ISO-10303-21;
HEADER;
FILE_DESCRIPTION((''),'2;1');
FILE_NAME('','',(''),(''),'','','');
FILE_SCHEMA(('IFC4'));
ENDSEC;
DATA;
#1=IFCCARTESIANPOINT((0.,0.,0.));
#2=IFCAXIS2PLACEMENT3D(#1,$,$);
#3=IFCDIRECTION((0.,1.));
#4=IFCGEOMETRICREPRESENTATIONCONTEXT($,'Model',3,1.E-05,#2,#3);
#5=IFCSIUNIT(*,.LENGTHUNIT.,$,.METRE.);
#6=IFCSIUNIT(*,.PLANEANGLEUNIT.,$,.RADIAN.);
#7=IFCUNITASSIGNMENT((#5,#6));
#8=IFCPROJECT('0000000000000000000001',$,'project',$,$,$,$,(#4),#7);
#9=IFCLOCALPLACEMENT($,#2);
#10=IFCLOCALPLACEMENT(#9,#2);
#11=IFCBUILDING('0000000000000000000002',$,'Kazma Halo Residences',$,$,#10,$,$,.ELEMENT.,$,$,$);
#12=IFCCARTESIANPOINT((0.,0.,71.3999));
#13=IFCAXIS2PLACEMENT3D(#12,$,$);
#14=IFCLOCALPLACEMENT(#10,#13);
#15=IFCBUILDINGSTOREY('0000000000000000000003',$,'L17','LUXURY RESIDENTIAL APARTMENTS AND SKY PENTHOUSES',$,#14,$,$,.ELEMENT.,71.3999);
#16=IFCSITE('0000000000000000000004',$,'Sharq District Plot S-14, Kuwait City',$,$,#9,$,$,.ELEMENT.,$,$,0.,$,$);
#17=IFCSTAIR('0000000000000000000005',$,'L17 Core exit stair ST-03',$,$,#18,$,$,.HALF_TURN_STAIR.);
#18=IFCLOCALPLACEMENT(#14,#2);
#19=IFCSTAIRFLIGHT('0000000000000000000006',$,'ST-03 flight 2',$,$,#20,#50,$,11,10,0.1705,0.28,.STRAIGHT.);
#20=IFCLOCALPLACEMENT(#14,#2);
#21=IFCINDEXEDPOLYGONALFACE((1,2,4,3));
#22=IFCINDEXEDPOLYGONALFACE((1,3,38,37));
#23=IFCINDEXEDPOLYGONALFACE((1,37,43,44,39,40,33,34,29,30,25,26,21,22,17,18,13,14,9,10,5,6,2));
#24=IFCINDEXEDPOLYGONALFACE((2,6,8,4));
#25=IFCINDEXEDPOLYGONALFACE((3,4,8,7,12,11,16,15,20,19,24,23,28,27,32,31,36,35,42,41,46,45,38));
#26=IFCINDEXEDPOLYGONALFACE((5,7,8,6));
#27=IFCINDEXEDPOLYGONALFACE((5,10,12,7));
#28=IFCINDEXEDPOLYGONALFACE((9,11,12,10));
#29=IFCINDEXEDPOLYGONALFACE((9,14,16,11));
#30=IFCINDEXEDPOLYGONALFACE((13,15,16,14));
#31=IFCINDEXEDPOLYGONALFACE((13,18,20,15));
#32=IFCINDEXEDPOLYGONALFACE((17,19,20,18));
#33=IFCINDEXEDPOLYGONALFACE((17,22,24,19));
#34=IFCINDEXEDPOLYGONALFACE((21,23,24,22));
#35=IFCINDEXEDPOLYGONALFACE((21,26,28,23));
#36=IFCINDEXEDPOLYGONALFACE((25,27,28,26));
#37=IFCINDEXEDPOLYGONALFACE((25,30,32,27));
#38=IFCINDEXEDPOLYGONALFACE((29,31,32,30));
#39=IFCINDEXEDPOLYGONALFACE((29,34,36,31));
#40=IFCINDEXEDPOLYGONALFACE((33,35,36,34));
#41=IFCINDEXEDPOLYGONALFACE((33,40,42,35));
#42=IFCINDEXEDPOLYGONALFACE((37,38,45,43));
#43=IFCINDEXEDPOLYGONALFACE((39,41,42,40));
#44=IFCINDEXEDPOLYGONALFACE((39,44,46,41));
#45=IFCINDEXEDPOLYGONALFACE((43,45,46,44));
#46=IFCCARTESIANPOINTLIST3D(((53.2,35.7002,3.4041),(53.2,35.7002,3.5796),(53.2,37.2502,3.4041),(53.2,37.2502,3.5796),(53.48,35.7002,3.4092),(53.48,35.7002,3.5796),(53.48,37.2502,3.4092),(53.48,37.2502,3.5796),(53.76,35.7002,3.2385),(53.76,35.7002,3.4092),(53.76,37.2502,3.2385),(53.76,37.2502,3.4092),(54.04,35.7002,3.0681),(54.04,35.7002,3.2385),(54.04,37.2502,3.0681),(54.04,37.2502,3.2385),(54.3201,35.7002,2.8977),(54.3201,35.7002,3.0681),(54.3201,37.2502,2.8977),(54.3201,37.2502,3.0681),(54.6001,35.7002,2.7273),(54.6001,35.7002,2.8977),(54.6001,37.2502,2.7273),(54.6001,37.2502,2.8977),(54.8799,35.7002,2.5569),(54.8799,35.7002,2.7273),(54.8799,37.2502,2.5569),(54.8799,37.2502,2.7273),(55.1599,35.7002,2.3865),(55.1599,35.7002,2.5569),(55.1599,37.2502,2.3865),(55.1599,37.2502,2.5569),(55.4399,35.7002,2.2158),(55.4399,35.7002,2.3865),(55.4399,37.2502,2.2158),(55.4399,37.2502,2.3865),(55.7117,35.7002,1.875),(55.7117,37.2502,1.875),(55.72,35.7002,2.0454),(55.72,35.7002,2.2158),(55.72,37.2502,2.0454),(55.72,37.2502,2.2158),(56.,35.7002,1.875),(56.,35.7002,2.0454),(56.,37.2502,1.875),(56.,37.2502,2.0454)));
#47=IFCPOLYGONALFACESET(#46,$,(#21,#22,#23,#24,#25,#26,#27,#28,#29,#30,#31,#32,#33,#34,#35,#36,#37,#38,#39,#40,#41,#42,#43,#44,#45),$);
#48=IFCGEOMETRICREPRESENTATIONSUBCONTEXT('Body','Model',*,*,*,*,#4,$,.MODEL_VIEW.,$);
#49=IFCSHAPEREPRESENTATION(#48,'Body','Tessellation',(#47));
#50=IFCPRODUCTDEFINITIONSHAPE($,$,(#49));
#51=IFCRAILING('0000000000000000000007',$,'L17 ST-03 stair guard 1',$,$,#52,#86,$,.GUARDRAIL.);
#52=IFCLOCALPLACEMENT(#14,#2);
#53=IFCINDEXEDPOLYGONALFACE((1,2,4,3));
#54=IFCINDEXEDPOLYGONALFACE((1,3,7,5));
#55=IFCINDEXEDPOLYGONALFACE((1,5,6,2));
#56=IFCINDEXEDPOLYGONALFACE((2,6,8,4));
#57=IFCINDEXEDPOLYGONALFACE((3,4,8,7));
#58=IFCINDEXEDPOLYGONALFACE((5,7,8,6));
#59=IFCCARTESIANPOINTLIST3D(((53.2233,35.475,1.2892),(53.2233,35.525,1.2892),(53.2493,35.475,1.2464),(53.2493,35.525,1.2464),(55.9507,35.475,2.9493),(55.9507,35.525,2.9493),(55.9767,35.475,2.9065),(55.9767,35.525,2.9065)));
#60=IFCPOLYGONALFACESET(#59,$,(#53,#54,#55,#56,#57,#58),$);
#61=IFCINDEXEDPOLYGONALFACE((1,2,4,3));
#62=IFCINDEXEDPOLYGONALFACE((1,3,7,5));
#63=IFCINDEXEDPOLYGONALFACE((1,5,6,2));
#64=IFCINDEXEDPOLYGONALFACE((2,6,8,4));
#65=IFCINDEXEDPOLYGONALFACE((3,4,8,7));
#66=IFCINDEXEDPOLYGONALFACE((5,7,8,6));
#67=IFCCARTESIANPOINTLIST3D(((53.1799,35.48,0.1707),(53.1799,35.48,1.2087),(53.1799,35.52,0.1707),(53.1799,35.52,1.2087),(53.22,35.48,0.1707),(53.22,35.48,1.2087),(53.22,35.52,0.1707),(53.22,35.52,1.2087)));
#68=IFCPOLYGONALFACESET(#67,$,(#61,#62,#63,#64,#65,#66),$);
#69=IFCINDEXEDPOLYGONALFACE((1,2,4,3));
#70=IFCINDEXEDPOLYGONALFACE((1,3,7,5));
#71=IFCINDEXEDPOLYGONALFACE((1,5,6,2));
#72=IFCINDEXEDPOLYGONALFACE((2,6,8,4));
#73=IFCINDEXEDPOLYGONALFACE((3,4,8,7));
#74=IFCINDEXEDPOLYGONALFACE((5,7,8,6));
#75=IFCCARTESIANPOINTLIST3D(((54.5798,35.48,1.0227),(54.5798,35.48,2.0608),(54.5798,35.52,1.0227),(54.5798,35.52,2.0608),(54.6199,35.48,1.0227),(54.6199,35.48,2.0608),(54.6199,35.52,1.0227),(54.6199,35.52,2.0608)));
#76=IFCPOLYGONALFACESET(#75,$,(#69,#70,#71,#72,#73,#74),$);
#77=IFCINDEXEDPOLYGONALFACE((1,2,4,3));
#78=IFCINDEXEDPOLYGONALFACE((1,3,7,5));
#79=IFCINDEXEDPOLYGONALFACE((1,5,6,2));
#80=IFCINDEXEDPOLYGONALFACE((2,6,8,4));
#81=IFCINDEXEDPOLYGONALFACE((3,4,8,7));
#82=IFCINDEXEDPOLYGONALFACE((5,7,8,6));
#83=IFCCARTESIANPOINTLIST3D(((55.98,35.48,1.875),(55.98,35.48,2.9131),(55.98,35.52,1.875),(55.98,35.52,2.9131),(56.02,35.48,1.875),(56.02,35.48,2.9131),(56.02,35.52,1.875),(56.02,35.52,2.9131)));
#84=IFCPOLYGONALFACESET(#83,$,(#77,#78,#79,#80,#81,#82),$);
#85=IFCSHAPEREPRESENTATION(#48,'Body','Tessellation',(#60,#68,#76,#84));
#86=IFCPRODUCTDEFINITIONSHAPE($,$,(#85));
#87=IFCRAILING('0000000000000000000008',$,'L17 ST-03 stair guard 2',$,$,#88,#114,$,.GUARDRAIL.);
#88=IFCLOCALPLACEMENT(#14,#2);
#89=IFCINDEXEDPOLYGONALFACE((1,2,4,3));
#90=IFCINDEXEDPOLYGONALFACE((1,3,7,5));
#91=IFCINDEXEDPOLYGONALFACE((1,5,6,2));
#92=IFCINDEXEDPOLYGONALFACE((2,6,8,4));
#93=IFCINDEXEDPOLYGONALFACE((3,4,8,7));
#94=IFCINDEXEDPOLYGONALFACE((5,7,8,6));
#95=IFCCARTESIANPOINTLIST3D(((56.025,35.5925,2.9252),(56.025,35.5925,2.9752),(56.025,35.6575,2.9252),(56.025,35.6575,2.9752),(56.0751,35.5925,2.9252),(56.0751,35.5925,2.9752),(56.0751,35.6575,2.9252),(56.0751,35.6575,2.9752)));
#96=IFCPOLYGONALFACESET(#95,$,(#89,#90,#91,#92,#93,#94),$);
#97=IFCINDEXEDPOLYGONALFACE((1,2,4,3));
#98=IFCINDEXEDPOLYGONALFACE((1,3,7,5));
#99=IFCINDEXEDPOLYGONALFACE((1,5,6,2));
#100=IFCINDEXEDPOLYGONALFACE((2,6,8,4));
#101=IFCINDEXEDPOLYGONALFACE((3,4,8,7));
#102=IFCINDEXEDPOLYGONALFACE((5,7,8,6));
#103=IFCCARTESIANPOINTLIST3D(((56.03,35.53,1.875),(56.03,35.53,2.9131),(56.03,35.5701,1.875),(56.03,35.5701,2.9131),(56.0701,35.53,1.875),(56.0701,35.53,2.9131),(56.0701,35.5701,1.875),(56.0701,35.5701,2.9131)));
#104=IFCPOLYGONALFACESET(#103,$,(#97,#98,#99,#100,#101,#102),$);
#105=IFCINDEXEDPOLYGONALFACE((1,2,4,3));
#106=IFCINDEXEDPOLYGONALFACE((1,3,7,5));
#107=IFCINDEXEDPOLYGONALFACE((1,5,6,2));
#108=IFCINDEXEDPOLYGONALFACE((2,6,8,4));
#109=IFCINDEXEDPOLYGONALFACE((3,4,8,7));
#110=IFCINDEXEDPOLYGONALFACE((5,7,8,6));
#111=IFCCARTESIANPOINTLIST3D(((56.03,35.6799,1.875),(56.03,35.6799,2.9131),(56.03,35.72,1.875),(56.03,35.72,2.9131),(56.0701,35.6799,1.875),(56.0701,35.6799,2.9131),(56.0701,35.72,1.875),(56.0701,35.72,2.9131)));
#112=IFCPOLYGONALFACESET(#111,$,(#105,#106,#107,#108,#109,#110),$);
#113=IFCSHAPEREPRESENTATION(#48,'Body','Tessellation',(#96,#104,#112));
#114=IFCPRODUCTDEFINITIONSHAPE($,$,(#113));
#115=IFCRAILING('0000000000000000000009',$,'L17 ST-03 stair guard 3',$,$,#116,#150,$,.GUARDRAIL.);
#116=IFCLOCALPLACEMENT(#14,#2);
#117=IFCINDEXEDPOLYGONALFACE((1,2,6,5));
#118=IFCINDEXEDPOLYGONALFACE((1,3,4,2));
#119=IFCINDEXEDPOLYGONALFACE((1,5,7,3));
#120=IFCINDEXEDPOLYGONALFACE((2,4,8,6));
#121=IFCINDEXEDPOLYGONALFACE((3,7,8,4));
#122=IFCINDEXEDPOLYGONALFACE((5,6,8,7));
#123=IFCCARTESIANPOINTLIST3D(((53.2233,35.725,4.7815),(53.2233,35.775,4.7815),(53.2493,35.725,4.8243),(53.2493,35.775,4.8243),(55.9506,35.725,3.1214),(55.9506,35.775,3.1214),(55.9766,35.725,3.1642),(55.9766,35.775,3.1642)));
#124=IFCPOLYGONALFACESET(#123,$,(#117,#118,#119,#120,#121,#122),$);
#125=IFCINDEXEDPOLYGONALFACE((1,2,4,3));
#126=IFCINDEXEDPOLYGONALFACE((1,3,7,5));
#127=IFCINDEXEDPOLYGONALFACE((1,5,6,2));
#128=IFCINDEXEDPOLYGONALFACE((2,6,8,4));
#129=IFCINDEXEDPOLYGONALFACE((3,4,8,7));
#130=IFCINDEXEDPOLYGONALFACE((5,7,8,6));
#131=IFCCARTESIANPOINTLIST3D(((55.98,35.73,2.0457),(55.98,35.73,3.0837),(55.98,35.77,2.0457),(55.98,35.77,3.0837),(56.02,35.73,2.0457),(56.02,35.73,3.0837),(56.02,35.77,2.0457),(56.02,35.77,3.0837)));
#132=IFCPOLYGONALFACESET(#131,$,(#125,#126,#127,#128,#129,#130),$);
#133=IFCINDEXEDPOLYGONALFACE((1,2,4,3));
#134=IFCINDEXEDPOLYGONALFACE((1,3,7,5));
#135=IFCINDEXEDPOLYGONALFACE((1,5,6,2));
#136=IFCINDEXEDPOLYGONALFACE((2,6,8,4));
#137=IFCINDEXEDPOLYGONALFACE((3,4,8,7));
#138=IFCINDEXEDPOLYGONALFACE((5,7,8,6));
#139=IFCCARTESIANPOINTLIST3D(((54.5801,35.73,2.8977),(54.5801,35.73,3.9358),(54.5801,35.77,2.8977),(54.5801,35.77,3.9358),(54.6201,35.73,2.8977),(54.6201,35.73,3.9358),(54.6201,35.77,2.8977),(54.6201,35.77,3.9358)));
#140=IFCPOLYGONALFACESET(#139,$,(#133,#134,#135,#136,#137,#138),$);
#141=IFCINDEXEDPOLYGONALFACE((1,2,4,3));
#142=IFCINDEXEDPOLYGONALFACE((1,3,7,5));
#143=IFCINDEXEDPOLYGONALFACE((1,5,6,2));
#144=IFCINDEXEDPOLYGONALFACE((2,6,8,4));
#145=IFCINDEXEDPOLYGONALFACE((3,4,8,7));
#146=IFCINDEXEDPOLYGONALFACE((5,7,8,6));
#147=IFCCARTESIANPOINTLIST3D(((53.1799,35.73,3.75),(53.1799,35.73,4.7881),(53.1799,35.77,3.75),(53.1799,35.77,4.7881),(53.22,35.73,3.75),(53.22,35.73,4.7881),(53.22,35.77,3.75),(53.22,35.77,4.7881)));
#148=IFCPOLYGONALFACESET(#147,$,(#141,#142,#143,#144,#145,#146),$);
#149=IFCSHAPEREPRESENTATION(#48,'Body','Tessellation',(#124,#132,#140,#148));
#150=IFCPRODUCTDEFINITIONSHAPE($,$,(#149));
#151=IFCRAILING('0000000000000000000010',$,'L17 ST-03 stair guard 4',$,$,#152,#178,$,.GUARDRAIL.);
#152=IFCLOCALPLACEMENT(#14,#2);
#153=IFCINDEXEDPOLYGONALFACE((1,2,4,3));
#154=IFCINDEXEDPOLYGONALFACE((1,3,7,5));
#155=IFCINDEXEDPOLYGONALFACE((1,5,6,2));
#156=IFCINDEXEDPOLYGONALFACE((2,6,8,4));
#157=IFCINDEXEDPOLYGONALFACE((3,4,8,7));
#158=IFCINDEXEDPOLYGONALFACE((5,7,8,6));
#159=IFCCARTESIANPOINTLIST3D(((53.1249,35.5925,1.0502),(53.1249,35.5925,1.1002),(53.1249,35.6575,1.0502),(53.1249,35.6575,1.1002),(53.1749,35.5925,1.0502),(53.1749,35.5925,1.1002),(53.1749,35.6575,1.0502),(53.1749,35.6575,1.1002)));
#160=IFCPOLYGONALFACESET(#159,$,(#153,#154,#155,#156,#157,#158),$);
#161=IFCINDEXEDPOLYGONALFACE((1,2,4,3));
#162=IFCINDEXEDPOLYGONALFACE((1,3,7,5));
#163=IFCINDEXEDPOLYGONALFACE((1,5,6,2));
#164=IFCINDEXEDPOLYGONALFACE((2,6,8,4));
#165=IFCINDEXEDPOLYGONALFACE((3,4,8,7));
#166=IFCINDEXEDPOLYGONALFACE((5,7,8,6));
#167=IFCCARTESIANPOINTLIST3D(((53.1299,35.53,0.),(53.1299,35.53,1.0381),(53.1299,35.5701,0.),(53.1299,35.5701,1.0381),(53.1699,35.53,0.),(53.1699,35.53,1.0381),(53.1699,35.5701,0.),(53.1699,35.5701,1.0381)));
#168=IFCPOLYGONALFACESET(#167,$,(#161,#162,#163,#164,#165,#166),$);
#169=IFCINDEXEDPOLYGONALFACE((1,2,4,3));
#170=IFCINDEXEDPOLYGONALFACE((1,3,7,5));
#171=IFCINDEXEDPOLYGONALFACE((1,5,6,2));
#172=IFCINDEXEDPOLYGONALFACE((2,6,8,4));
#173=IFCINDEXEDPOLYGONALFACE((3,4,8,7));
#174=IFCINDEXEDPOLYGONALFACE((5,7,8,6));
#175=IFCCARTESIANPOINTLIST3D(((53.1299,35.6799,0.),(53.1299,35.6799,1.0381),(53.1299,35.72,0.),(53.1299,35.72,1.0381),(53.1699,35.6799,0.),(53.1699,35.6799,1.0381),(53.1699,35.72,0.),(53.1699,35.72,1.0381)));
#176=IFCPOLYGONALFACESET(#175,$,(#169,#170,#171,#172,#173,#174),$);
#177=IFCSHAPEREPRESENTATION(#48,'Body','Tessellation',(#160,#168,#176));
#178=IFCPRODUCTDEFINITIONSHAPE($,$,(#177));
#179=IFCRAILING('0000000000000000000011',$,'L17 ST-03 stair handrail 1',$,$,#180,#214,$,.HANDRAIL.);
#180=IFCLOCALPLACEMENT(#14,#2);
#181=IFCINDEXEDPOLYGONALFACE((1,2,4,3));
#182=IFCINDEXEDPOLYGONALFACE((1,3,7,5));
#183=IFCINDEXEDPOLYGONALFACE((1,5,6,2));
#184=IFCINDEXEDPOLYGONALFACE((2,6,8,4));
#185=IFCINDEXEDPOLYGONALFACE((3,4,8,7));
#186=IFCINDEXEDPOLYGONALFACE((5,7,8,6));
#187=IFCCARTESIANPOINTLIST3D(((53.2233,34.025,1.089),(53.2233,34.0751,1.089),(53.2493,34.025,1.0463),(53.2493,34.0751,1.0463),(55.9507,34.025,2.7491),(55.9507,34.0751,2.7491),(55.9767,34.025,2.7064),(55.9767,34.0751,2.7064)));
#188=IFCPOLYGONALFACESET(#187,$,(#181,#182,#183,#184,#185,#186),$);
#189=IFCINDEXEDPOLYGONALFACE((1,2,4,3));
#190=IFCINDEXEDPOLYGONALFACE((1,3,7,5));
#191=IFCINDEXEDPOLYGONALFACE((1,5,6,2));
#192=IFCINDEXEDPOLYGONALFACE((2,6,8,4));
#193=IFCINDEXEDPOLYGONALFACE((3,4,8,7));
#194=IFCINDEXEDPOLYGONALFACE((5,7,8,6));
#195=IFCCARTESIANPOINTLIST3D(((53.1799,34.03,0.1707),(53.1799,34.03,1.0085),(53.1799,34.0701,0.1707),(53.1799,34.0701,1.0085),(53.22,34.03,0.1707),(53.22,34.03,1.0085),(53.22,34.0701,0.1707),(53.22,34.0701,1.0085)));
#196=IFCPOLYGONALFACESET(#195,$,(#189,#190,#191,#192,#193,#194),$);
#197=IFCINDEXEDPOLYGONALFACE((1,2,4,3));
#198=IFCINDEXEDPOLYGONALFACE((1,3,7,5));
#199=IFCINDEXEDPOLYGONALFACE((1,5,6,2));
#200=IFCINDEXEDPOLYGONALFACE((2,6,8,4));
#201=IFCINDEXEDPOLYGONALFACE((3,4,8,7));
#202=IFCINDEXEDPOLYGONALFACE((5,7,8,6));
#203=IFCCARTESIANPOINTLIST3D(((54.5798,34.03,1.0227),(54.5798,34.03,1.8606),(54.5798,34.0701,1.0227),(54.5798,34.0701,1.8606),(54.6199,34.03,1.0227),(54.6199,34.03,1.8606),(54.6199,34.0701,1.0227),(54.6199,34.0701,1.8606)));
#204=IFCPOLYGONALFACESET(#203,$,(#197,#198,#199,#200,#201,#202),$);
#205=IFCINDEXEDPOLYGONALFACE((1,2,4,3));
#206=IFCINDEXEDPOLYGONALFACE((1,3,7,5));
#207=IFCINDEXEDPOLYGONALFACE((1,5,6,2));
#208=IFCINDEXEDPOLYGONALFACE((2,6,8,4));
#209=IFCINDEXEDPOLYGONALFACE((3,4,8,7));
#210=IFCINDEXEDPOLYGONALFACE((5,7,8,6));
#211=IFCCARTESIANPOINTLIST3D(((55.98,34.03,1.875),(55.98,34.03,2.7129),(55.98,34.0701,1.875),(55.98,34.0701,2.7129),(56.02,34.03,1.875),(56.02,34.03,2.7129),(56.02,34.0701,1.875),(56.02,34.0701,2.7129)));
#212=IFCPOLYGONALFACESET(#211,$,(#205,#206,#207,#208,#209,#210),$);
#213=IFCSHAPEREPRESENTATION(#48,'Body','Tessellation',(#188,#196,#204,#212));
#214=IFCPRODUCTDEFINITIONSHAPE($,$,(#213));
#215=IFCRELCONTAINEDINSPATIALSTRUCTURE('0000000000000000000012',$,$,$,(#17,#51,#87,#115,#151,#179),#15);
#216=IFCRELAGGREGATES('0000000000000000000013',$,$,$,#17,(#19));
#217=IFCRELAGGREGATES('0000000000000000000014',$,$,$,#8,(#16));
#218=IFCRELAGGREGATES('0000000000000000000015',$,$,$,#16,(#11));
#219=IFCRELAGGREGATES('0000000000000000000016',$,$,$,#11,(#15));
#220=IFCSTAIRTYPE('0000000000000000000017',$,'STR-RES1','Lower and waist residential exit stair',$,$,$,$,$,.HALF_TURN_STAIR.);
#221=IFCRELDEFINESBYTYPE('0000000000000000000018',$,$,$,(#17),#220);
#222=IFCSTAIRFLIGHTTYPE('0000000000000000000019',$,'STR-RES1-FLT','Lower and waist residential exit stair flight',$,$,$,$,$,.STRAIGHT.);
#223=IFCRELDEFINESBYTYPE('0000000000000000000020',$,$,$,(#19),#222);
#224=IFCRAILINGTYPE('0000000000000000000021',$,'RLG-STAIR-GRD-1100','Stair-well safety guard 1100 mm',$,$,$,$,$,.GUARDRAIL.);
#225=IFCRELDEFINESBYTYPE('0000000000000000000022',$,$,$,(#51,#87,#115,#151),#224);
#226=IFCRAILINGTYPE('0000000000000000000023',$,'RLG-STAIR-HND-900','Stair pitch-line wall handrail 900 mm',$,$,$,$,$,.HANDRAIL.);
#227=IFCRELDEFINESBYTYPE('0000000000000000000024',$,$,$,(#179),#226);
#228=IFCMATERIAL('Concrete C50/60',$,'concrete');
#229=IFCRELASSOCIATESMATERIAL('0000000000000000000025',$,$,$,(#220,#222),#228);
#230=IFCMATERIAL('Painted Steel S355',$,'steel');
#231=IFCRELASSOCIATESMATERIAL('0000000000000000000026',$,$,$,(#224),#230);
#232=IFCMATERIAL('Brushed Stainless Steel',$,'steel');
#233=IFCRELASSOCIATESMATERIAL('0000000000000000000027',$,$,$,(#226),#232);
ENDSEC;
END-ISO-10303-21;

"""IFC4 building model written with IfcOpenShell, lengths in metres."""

from ifc_helpers import new_model, si_unit, direction, frame, origin, origin_2d, place, context, subcontext, project, spatial, polyline, rectangle, outline, extrude, material, type_object, element, aggregate, save


model = new_model("IFC4")

# Units and contexts
model_context = context("Model", 3, precision=1e-05, world=origin(), true_north=direction((0.0, 1.0)))
body_context = subcontext(model_context, "Body", "Model", "MODEL_VIEW")
ifc_project = project(units=[si_unit("LENGTHUNIT", "METRE"), si_unit("PLANEANGLEUNIT", "RADIAN")], contexts=[model_context])

# Site, building, storey
site_placement = place(None, origin())
site = spatial("IfcSite", under=ifc_project, at=site_placement, Name="Sharq District Plot S-14, Kuwait City", CompositionType="ELEMENT", RefElevation=0.0)
building_placement = place(site_placement, origin())
building = spatial("IfcBuilding", under=site, at=building_placement, Name="Kazma Halo Residences", CompositionType="ELEMENT")
storey_placement = place(building_placement, frame((0.0, 0.0, 71.3999)))
storey = spatial("IfcBuildingStorey", under=building, at=storey_placement, Name="L17", Description="LUXURY RESIDENTIAL APARTMENTS AND SKY PENTHOUSES", CompositionType="ELEMENT", Elevation=71.3999)

# Shared definitions
ifc_material_1 = material(Name="Concrete C50/60", Category="concrete")

# Stair, stair flight
stair_type = type_object("IfcStairType", Name="STR-RES1", Description="Lower and waist residential exit stair", PredefinedType="HALF_TURN_STAIR", material=ifc_material_1)
stair_placement = place(storey_placement, origin())
stair = element("IfcStair", 1, at=stair_placement, inside=storey, type_object=stair_type, Name="L17 Core exit stair ST-03", PredefinedType="HALF_TURN_STAIR")
stair_flight_type = type_object("IfcStairFlightType", Name="STR-RES1-FLT", Description="Lower and waist residential exit stair flight", PredefinedType="STRAIGHT", material=ifc_material_1)
stair_flight_1_placement = place(storey_placement, frame((56.0, 36.4751, 1.875), z_axis=(0.0, 0.0, 1.0), x_axis=(-1.0, 0.0, 0.0)))
stair_flight_1 = element("IfcStairFlight", 2, at=stair_flight_1_placement, type_object=stair_flight_type, Name="ST-03 flight 2", NumberOfRisers=11, NumberOfTreads=10, PredefinedType="STRAIGHT", RiserHeight=0.1705, TreadLength=0.28, context=body_context, shape_type="SweptSolid", body=[
    extrude(outline(polyline([(0.0, 0.0), (0.0, 0.1704), (0.28, 0.1704), (0.28, 0.3408), (0.5601, 0.3408), (0.5601, 0.5115), (0.8401, 0.5115), (0.8401, 0.6819), (1.1201, 0.6819), (1.1201, 0.8523), (1.3999, 0.8523), (1.3999, 1.0227), (1.6799, 1.0227), (1.6799, 1.1931), (1.96, 1.1931), (1.96, 1.3635), (2.24, 1.3635), (2.24, 1.5342), (2.52, 1.5342), (2.52, 1.7046), (2.8, 1.7046), (2.8, 1.875), (2.8, 1.5291), (0.2883, 0.0), (0.0, 0.0)])), frame((0.0, 0.7749, 0.0), z_axis=(0.0, -1.0, 0.0), x_axis=(1.0, 0.0, 0.0)), (0.0, 0.0, 1.0), 1.55),
])
aggregate(stair, [stair_flight_1])

# Railings
ifc_material_2 = material(Name="Painted Steel S355", Category="steel")
railing_type_1 = type_object("IfcRailingType", Name="RLG-STAIR-GRD-1100", Description="Stair-well safety guard 1100 mm", PredefinedType="GUARDRAIL", material=ifc_material_2)
railing_1_placement = place(storey_placement, frame((53.2, 35.5, 0.1707)))
element("IfcRailing", 3, at=railing_1_placement, inside=storey, type_object=railing_type_1, Name="L17 ST-03 stair guard 1", PredefinedType="GUARDRAIL", context=body_context, shape_type="SweptSolid", body=[
    extrude(rectangle(XDim=0.05, YDim=0.05, at=origin_2d()), frame((0.0364, 0.0, 1.0972), z_axis=(0.854203, 0.0, 0.51994), x_axis=(0.0, 1.0, 0.0)), (0.0, 0.0, 1.0), 3.1929),
    extrude(rectangle(XDim=0.04, YDim=0.04, at=origin_2d()), origin(), (0.0, 0.0, 1.0), 1.0381),
    extrude(rectangle(XDim=0.04, YDim=0.04, at=origin_2d()), frame((1.3999, 0.0, 0.8521)), (0.0, 0.0, 1.0), 1.0381),
    extrude(rectangle(XDim=0.04, YDim=0.04, at=origin_2d()), frame((2.8, 0.0, 1.7043)), (0.0, 0.0, 1.0), 1.0381),
])
railing_2_placement = place(storey_placement, frame((56.05, 35.55, 1.875)))
element("IfcRailing", 4, at=railing_2_placement, inside=storey, type_object=railing_type_1, Name="L17 ST-03 stair guard 2", PredefinedType="GUARDRAIL", context=body_context, shape_type="SweptSolid", body=[
    extrude(rectangle(XDim=0.05, YDim=0.05, at=origin_2d()), frame((0.0, 0.0425, 1.0752), z_axis=(0.0, 1.0, 0.0), x_axis=(-1.0, 0.0, 0.0)), (0.0, 0.0, 1.0), 0.0649),
    extrude(rectangle(XDim=0.04, YDim=0.04, at=origin_2d()), origin(), (0.0, 0.0, 1.0), 1.0381),
    extrude(rectangle(XDim=0.04, YDim=0.04, at=origin_2d()), frame((0.0, 0.1499, 0.0)), (0.0, 0.0, 1.0), 1.0381),
])
railing_3_placement = place(storey_placement, frame((56.0, 35.75, 2.0457)))
element("IfcRailing", 5, at=railing_3_placement, inside=storey, type_object=railing_type_1, Name="L17 ST-03 stair guard 3", PredefinedType="GUARDRAIL", context=body_context, shape_type="SweptSolid", body=[
    extrude(rectangle(XDim=0.05, YDim=0.05, at=origin_2d()), frame((-0.0364, 0.0, 1.0972), z_axis=(-0.854203, 0.0, 0.51994), x_axis=(0.0, -1.0, 0.0)), (0.0, 0.0, 1.0), 3.1929),
    extrude(rectangle(XDim=0.04, YDim=0.04, at=origin_2d()), origin(), (0.0, 0.0, 1.0), 1.0381),
    extrude(rectangle(XDim=0.04, YDim=0.04, at=origin_2d()), frame((-1.3999, 0.0, 0.8521)), (0.0, 0.0, 1.0), 1.0381),
    extrude(rectangle(XDim=0.04, YDim=0.04, at=origin_2d()), frame((-2.8, 0.0, 1.7043)), (0.0, 0.0, 1.0), 1.0381),
])
railing_4_placement = place(storey_placement, frame((53.1499, 35.55, 0.0)))
element("IfcRailing", 6, at=railing_4_placement, inside=storey, type_object=railing_type_1, Name="L17 ST-03 stair guard 4", PredefinedType="GUARDRAIL", context=body_context, shape_type="SweptSolid", body=[
    extrude(rectangle(XDim=0.05, YDim=0.05, at=origin_2d()), frame((0.0, 0.0425, 1.0752), z_axis=(0.0, 1.0, 0.0), x_axis=(-1.0, 0.0, 0.0)), (0.0, 0.0, 1.0), 0.0649),
    extrude(rectangle(XDim=0.04, YDim=0.04, at=origin_2d()), origin(), (0.0, 0.0, 1.0), 1.0381),
    extrude(rectangle(XDim=0.04, YDim=0.04, at=origin_2d()), frame((0.0, 0.1499, 0.0)), (0.0, 0.0, 1.0), 1.0381),
])
ifc_material_3 = material(Name="Brushed Stainless Steel", Category="steel")
railing_type_2 = type_object("IfcRailingType", Name="RLG-STAIR-HND-900", Description="Stair pitch-line wall handrail 900 mm", PredefinedType="HANDRAIL", material=ifc_material_3)
railing_5_placement = place(storey_placement, frame((53.2, 34.05, 0.1707)))
element("IfcRailing", 7, at=railing_5_placement, inside=storey, type_object=railing_type_2, Name="L17 ST-03 stair handrail 1", PredefinedType="HANDRAIL", context=body_context, shape_type="SweptSolid", body=[
    extrude(rectangle(XDim=0.05, YDim=0.05, at=origin_2d()), frame((0.0364, 0.0, 0.897), z_axis=(0.854203, 0.0, 0.51994), x_axis=(0.0, 1.0, 0.0)), (0.0, 0.0, 1.0), 3.1929),
    extrude(rectangle(XDim=0.04, YDim=0.04, at=origin_2d()), origin(), (0.0, 0.0, 1.0), 0.8379),
    extrude(rectangle(XDim=0.04, YDim=0.04, at=origin_2d()), frame((1.3999, 0.0, 0.8521)), (0.0, 0.0, 1.0), 0.8379),
    extrude(rectangle(XDim=0.04, YDim=0.04, at=origin_2d()), frame((2.8, 0.0, 1.7043)), (0.0, 0.0, 1.0), 0.8379),
])

save(model, "model.ifc")
